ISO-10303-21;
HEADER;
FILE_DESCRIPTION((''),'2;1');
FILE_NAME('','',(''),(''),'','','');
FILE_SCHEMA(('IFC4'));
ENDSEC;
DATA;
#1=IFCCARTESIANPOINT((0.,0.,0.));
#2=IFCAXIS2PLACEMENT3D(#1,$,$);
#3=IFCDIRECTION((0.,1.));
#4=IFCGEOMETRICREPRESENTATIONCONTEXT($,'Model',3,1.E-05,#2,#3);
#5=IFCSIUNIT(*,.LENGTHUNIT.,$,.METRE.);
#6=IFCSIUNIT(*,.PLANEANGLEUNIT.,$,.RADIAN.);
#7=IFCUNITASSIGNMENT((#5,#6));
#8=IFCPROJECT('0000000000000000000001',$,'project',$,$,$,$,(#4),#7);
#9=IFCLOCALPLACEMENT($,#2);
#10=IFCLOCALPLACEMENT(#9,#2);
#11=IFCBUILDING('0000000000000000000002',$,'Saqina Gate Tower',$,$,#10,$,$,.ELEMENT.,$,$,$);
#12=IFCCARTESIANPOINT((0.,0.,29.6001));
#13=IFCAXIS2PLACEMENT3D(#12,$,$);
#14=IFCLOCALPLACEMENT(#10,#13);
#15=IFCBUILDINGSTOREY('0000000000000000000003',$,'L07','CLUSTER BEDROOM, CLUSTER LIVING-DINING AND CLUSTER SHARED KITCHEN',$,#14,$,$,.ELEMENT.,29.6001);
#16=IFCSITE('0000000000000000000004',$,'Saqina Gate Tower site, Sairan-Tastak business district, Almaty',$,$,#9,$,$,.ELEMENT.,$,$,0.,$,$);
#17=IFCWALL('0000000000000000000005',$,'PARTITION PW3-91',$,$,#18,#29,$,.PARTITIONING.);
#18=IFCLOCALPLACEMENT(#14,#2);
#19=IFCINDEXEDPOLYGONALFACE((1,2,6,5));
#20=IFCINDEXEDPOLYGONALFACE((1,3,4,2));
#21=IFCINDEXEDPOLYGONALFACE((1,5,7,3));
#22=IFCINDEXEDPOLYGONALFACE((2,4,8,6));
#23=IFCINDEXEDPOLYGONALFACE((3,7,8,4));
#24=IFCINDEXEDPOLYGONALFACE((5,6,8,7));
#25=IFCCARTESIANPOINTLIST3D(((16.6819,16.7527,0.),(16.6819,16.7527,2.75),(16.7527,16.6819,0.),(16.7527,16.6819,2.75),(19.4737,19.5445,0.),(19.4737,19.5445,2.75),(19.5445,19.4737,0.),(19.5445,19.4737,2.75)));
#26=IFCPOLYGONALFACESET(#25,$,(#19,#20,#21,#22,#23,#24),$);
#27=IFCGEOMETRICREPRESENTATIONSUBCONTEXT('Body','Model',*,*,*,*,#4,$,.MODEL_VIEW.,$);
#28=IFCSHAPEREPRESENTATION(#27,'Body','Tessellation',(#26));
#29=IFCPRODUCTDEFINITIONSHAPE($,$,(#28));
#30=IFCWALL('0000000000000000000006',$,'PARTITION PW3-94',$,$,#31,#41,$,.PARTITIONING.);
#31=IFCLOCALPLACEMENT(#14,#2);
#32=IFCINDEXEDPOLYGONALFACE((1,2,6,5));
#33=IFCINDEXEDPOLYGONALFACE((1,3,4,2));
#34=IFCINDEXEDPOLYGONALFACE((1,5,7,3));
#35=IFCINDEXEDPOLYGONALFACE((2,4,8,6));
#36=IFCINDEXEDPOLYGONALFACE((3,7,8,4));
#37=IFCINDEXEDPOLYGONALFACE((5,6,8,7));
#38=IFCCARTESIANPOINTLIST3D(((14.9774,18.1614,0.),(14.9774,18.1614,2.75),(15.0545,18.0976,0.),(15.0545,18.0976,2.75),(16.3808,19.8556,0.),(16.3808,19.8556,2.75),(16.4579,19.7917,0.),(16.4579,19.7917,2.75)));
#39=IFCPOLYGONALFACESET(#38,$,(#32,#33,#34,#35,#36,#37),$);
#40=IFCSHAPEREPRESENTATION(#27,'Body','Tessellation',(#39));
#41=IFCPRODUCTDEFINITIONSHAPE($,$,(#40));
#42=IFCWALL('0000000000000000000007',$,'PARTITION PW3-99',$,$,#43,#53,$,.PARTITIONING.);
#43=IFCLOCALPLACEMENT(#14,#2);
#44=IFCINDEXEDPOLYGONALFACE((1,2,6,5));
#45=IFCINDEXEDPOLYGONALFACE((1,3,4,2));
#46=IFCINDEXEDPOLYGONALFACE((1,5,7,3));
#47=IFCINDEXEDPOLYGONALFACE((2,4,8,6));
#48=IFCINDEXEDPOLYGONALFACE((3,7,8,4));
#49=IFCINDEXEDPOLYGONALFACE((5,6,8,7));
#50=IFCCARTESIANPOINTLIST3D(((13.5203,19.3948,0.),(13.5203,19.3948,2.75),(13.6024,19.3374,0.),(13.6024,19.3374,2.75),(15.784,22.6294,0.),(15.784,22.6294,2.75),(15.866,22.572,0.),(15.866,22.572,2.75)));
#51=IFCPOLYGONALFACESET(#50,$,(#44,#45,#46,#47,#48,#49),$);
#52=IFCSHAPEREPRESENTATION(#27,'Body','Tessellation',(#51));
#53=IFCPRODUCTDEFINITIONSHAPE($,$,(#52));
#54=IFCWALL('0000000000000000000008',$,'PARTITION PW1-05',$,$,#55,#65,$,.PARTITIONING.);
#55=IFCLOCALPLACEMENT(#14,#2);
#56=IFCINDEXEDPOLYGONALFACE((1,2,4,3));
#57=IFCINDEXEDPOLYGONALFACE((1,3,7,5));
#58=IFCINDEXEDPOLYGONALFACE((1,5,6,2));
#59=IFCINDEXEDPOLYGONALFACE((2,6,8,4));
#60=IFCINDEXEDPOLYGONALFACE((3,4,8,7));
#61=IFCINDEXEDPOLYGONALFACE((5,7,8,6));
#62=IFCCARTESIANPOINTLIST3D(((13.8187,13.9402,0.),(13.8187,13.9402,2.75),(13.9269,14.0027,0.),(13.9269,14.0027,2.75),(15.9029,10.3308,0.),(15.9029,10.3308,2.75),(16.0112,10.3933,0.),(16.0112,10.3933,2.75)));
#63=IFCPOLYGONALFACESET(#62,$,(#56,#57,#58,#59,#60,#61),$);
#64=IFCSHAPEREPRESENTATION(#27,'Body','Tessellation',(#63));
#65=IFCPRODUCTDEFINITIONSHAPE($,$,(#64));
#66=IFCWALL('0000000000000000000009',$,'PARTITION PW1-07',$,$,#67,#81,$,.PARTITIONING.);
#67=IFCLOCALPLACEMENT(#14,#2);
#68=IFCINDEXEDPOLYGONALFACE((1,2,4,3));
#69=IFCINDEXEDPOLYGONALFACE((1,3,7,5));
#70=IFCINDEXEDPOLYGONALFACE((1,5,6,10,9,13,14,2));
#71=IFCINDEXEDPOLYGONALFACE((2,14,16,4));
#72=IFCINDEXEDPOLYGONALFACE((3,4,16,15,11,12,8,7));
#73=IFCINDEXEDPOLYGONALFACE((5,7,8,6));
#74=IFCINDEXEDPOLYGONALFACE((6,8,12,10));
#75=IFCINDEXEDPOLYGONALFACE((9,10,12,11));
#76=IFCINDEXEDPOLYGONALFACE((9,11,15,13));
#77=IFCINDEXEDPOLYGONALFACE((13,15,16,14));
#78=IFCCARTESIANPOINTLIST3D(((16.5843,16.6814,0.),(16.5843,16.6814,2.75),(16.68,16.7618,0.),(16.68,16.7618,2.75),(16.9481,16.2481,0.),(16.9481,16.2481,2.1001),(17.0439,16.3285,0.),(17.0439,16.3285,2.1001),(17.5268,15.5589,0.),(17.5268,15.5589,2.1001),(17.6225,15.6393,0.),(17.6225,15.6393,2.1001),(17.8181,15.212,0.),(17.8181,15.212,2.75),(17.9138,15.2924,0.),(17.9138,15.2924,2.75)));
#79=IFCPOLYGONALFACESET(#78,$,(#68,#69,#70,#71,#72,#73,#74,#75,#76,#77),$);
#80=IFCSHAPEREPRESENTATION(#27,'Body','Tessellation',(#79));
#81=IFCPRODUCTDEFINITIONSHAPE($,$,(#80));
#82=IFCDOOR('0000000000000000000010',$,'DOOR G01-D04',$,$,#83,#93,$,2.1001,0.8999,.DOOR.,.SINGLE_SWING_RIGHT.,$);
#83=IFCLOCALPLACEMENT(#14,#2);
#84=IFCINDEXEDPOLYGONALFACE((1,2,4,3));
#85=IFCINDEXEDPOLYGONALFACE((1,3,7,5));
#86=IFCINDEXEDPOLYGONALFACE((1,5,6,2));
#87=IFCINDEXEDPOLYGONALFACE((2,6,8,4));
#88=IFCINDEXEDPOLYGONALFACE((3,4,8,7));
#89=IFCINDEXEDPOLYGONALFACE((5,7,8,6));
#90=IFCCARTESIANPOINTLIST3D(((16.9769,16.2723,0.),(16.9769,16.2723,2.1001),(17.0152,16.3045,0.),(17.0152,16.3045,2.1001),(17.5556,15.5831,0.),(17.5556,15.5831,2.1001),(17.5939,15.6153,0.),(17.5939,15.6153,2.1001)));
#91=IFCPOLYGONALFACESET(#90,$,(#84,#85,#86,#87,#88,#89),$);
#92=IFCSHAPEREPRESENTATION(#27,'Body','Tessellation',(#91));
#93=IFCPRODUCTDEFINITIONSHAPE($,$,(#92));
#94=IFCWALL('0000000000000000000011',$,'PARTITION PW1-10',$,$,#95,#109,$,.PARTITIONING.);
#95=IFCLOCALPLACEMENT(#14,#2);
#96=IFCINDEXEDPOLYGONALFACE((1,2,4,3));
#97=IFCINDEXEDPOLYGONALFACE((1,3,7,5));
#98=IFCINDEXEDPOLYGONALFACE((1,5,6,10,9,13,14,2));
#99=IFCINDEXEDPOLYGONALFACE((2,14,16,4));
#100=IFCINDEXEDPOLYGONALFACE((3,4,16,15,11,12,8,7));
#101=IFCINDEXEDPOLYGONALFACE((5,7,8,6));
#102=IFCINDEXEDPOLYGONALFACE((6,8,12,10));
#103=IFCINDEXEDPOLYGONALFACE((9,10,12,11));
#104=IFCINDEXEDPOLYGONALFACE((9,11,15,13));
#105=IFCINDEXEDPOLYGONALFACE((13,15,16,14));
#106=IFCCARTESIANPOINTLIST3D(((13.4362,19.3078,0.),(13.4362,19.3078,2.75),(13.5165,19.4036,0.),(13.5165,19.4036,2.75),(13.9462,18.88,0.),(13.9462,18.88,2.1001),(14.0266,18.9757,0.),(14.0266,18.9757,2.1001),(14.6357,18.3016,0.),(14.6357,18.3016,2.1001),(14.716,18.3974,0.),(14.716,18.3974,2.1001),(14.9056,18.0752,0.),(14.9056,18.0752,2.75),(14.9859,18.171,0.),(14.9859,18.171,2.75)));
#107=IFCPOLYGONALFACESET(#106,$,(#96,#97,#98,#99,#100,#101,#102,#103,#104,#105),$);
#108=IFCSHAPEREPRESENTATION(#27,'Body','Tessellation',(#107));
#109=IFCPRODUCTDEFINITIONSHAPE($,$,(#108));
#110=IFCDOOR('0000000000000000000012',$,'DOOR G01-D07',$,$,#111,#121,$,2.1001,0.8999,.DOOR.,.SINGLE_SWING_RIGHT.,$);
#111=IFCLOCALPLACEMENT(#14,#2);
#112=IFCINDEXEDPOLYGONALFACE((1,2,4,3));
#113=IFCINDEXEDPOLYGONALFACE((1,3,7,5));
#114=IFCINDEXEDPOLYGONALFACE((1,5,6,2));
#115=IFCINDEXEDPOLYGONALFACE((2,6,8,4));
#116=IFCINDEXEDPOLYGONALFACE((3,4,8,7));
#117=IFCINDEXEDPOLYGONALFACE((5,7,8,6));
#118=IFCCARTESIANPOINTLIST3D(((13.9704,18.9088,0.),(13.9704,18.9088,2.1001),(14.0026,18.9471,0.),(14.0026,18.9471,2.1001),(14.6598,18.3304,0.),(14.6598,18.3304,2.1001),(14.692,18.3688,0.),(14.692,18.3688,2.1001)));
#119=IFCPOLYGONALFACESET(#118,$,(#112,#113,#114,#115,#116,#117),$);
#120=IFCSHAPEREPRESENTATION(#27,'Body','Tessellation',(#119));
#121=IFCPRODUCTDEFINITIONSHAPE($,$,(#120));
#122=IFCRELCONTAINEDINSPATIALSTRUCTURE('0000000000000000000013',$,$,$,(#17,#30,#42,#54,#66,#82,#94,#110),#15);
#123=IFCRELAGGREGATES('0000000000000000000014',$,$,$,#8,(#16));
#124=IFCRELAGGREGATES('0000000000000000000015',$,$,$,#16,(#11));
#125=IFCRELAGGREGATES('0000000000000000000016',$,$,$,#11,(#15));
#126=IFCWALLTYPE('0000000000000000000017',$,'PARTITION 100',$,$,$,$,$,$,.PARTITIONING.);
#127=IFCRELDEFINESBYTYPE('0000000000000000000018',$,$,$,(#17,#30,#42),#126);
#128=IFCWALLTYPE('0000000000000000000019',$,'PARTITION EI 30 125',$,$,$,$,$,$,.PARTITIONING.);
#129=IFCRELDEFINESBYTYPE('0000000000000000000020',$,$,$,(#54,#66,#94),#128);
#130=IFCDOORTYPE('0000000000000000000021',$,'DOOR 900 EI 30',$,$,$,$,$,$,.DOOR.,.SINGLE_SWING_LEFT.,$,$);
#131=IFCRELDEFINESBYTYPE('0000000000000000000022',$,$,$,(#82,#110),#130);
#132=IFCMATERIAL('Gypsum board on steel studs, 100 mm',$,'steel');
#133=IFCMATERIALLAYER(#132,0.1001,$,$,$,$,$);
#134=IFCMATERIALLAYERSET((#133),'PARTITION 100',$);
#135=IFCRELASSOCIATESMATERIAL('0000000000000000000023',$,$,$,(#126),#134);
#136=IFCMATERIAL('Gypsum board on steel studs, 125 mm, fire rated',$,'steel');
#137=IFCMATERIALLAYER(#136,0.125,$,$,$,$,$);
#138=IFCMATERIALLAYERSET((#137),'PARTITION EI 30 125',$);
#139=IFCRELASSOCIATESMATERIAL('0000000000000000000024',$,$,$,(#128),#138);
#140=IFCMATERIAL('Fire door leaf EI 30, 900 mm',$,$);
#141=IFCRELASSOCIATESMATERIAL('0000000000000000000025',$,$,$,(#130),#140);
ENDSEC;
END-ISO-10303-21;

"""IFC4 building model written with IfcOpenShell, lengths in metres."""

from ifc_helpers import new_model, si_unit, direction, frame, frame_2d, origin, place, context, subcontext, project, spatial, rectangle, extrude, material, layer, layer_set, type_object, element, fill, save


model = new_model("IFC4")

# Units and contexts
model_context = context("Model", 3, precision=1e-05, world=origin(), true_north=direction((0.0, 1.0)))
body_context = subcontext(model_context, "Body", "Model", "MODEL_VIEW")
ifc_project = project(units=[si_unit("LENGTHUNIT", "METRE"), si_unit("PLANEANGLEUNIT", "RADIAN")], contexts=[model_context])

# Site, building, storey
site_placement = place(None, origin())
site = spatial("IfcSite", under=ifc_project, at=site_placement, Name="Saqina Gate Tower site, Sairan-Tastak business district, Almaty", CompositionType="ELEMENT", RefElevation=0.0)
building_placement = place(site_placement, origin())
building = spatial("IfcBuilding", under=site, at=building_placement, Name="Saqina Gate Tower", CompositionType="ELEMENT")
storey_placement = place(building_placement, frame((0.0, 0.0, 29.6001)))
storey = spatial("IfcBuildingStorey", under=building, at=storey_placement, Name="L07", Description="CLUSTER BEDROOM, CLUSTER LIVING-DINING AND CLUSTER SHARED KITCHEN", CompositionType="ELEMENT", Elevation=29.6001)

# Shared definitions
ifc_material_1 = material(Name="Gypsum board on steel studs, 100 mm", Category="steel")
ifc_layer_1 = layer(ifc_material_1, 0.1001)
ifc_layer_set_1 = layer_set([ifc_layer_1], Name="PARTITION 100")
wall_type_1 = type_object("IfcWallType", Name="PARTITION 100", PredefinedType="PARTITIONING", material=ifc_layer_set_1)

# Walls
wall_1_placement = place(storey_placement, frame((16.7173, 16.7173, 0.0), z_axis=(0.0, 0.0, 1.0), x_axis=(0.707107, 0.707107, 0.0)))
element("IfcWall", 1, at=wall_1_placement, inside=storey, type_object=wall_type_1, Name="PARTITION PW3-91", PredefinedType="PARTITIONING", context=body_context, shape_type="SweptSolid", body=[
    extrude(rectangle(XDim=3.9482, YDim=0.1001, at=frame_2d((1.9741, 0.0))), origin(), (0.0, 0.0, 1.0), 2.75),
])
wall_2_placement = place(storey_placement, frame((15.0159, 18.1294, 0.0), z_axis=(0.0, 0.0, 1.0), x_axis=(0.637922, 0.770101, 0.0)))
element("IfcWall", 2, at=wall_2_placement, inside=storey, type_object=wall_type_1, Name="PARTITION PW3-94", PredefinedType="PARTITIONING", context=body_context, shape_type="SweptSolid", body=[
    extrude(rectangle(XDim=2.2, YDim=0.1001, at=frame_2d((1.1001, 0.0))), origin(), (0.0, 0.0, 1.0), 2.75),
])
wall_3_placement = place(storey_placement, frame((13.5613, 19.366, 0.0), z_axis=(0.0, 0.0, 1.0), x_axis=(0.573367, 0.819299, 0.0)))
element("IfcWall", 3, at=wall_3_placement, inside=storey, type_object=wall_type_1, Name="PARTITION PW3-99", PredefinedType="PARTITIONING", context=body_context, shape_type="SweptSolid", body=[
    extrude(rectangle(XDim=3.948, YDim=0.1001, at=frame_2d((1.9741, 0.0))), origin(), (0.0, 0.0, 1.0), 2.75),
])
ifc_material_2 = material(Name="Gypsum board on steel studs, 125 mm, fire rated", Category="steel")
ifc_layer_2 = layer(ifc_material_2, 0.125)
ifc_layer_set_2 = layer_set([ifc_layer_2], Name="PARTITION EI 30 125")
wall_type_2 = type_object("IfcWallType", Name="PARTITION EI 30 125", PredefinedType="PARTITIONING", material=ifc_layer_set_2)
wall_4_placement = place(storey_placement, frame((13.8728, 13.9714, 0.0), z_axis=(0.0, 0.0, 1.0), x_axis=(0.500064, -0.865989, 0.0)))
element("IfcWall", 4, at=wall_4_placement, inside=storey, type_object=wall_type_2, Name="PARTITION PW1-05", PredefinedType="PARTITIONING", context=body_context, shape_type="SweptSolid", body=[
    extrude(rectangle(XDim=4.168, YDim=0.125, at=frame_2d((2.084, 0.0))), origin(), (0.0, 0.0, 1.0), 2.75),
])

# Walls, openings, doors
wall_5_placement = place(storey_placement, frame((16.6321, 16.7217, 0.0), z_axis=(0.0, 0.0, 1.0), x_axis=(0.643046, -0.765828, 0.0)))
wall_5 = element("IfcWall", 5, at=wall_5_placement, inside=storey, type_object=wall_type_2, Name="PARTITION PW1-07", PredefinedType="PARTITIONING", context=body_context, shape_type="SweptSolid", body=[
    extrude(rectangle(XDim=1.9187, YDim=0.125, at=frame_2d((0.9595, 0.0))), origin(), (0.0, 0.0, 1.0), 2.75),
])
opening_1_placement = place(wall_5_placement, frame((0.5659, 0.0, 0.0)))
opening_1 = element("IfcOpeningElement", 6, at=opening_1_placement, cuts=wall_5, PredefinedType="OPENING", context=body_context, shape_type="SweptSolid", body=[
    extrude(rectangle(XDim=0.8999, YDim=2.1001, at=frame_2d((0.45, 1.05))), frame((0.0, 0.0745, 0.0), z_axis=(0.0, -1.0, 0.0), x_axis=(1.0, 0.0, 0.0)), (0.0, 0.0, 1.0), 0.1489),
])
ifc_material_3 = material(Name="Fire door leaf EI 30, 900 mm")
door_type_1 = type_object("IfcDoorType", Name="DOOR 900 EI 30", OperationType="SINGLE_SWING_LEFT", PredefinedType="DOOR", material=ifc_material_3)
door_1_placement = place(opening_1_placement, frame((0.8999, 0.0, 0.0), z_axis=(0.0, 0.0, 1.0), x_axis=(-1.0, 0.0, 0.0)))
door_1 = element("IfcDoor", 7, at=door_1_placement, inside=storey, type_object=door_type_1, Name="DOOR G01-D04", OperationType="SINGLE_SWING_RIGHT", OverallHeight=2.1001, OverallWidth=0.8999, PredefinedType="DOOR", context=body_context, shape_type="SweptSolid", body=[
    extrude(rectangle(XDim=0.8999, YDim=2.1001, at=frame_2d((0.45, 1.05))), frame((0.0, 0.0249, 0.0), z_axis=(0.0, -1.0, 0.0), x_axis=(1.0, 0.0, 0.0)), (0.0, 0.0, 1.0), 0.05),
])
fill(opening_1, door_1)
wall_6_placement = place(storey_placement, frame((13.4763, 19.3557, 0.0), z_axis=(0.0, 0.0, 1.0), x_axis=(0.766141, -0.642673, 0.0)))
wall_6 = element("IfcWall", 8, at=wall_6_placement, inside=storey, type_object=wall_type_2, Name="PARTITION PW1-10", PredefinedType="PARTITIONING", context=body_context, shape_type="SweptSolid", body=[
    extrude(rectangle(XDim=1.918, YDim=0.125, at=frame_2d((0.959, 0.0))), origin(), (0.0, 0.0, 1.0), 2.75),
])
opening_2_placement = place(wall_6_placement, frame((0.6658, 0.0, 0.0)))
opening_2 = element("IfcOpeningElement", 9, at=opening_2_placement, cuts=wall_6, PredefinedType="OPENING", context=body_context, shape_type="SweptSolid", body=[
    extrude(rectangle(XDim=0.8999, YDim=2.1001, at=frame_2d((0.45, 1.05))), frame((0.0, 0.0745, 0.0), z_axis=(0.0, -1.0, 0.0), x_axis=(1.0, 0.0, 0.0)), (0.0, 0.0, 1.0), 0.1489),
])
door_2_placement = place(opening_2_placement, frame((0.8999, 0.0, 0.0), z_axis=(0.0, 0.0, 1.0), x_axis=(-1.0, 0.0, 0.0)))
door_2 = element("IfcDoor", 10, at=door_2_placement, inside=storey, type_object=door_type_1, Name="DOOR G01-D07", OperationType="SINGLE_SWING_RIGHT", OverallHeight=2.1001, OverallWidth=0.8999, PredefinedType="DOOR", context=body_context, shape_type="SweptSolid", body=[
    extrude(rectangle(XDim=0.8999, YDim=2.1001, at=frame_2d((0.45, 1.05))), frame((0.0, 0.0249, 0.0), z_axis=(0.0, -1.0, 0.0), x_axis=(1.0, 0.0, 0.0)), (0.0, 0.0, 1.0), 0.05),
])
fill(opening_2, door_2)

save(model, "model.ifc")
